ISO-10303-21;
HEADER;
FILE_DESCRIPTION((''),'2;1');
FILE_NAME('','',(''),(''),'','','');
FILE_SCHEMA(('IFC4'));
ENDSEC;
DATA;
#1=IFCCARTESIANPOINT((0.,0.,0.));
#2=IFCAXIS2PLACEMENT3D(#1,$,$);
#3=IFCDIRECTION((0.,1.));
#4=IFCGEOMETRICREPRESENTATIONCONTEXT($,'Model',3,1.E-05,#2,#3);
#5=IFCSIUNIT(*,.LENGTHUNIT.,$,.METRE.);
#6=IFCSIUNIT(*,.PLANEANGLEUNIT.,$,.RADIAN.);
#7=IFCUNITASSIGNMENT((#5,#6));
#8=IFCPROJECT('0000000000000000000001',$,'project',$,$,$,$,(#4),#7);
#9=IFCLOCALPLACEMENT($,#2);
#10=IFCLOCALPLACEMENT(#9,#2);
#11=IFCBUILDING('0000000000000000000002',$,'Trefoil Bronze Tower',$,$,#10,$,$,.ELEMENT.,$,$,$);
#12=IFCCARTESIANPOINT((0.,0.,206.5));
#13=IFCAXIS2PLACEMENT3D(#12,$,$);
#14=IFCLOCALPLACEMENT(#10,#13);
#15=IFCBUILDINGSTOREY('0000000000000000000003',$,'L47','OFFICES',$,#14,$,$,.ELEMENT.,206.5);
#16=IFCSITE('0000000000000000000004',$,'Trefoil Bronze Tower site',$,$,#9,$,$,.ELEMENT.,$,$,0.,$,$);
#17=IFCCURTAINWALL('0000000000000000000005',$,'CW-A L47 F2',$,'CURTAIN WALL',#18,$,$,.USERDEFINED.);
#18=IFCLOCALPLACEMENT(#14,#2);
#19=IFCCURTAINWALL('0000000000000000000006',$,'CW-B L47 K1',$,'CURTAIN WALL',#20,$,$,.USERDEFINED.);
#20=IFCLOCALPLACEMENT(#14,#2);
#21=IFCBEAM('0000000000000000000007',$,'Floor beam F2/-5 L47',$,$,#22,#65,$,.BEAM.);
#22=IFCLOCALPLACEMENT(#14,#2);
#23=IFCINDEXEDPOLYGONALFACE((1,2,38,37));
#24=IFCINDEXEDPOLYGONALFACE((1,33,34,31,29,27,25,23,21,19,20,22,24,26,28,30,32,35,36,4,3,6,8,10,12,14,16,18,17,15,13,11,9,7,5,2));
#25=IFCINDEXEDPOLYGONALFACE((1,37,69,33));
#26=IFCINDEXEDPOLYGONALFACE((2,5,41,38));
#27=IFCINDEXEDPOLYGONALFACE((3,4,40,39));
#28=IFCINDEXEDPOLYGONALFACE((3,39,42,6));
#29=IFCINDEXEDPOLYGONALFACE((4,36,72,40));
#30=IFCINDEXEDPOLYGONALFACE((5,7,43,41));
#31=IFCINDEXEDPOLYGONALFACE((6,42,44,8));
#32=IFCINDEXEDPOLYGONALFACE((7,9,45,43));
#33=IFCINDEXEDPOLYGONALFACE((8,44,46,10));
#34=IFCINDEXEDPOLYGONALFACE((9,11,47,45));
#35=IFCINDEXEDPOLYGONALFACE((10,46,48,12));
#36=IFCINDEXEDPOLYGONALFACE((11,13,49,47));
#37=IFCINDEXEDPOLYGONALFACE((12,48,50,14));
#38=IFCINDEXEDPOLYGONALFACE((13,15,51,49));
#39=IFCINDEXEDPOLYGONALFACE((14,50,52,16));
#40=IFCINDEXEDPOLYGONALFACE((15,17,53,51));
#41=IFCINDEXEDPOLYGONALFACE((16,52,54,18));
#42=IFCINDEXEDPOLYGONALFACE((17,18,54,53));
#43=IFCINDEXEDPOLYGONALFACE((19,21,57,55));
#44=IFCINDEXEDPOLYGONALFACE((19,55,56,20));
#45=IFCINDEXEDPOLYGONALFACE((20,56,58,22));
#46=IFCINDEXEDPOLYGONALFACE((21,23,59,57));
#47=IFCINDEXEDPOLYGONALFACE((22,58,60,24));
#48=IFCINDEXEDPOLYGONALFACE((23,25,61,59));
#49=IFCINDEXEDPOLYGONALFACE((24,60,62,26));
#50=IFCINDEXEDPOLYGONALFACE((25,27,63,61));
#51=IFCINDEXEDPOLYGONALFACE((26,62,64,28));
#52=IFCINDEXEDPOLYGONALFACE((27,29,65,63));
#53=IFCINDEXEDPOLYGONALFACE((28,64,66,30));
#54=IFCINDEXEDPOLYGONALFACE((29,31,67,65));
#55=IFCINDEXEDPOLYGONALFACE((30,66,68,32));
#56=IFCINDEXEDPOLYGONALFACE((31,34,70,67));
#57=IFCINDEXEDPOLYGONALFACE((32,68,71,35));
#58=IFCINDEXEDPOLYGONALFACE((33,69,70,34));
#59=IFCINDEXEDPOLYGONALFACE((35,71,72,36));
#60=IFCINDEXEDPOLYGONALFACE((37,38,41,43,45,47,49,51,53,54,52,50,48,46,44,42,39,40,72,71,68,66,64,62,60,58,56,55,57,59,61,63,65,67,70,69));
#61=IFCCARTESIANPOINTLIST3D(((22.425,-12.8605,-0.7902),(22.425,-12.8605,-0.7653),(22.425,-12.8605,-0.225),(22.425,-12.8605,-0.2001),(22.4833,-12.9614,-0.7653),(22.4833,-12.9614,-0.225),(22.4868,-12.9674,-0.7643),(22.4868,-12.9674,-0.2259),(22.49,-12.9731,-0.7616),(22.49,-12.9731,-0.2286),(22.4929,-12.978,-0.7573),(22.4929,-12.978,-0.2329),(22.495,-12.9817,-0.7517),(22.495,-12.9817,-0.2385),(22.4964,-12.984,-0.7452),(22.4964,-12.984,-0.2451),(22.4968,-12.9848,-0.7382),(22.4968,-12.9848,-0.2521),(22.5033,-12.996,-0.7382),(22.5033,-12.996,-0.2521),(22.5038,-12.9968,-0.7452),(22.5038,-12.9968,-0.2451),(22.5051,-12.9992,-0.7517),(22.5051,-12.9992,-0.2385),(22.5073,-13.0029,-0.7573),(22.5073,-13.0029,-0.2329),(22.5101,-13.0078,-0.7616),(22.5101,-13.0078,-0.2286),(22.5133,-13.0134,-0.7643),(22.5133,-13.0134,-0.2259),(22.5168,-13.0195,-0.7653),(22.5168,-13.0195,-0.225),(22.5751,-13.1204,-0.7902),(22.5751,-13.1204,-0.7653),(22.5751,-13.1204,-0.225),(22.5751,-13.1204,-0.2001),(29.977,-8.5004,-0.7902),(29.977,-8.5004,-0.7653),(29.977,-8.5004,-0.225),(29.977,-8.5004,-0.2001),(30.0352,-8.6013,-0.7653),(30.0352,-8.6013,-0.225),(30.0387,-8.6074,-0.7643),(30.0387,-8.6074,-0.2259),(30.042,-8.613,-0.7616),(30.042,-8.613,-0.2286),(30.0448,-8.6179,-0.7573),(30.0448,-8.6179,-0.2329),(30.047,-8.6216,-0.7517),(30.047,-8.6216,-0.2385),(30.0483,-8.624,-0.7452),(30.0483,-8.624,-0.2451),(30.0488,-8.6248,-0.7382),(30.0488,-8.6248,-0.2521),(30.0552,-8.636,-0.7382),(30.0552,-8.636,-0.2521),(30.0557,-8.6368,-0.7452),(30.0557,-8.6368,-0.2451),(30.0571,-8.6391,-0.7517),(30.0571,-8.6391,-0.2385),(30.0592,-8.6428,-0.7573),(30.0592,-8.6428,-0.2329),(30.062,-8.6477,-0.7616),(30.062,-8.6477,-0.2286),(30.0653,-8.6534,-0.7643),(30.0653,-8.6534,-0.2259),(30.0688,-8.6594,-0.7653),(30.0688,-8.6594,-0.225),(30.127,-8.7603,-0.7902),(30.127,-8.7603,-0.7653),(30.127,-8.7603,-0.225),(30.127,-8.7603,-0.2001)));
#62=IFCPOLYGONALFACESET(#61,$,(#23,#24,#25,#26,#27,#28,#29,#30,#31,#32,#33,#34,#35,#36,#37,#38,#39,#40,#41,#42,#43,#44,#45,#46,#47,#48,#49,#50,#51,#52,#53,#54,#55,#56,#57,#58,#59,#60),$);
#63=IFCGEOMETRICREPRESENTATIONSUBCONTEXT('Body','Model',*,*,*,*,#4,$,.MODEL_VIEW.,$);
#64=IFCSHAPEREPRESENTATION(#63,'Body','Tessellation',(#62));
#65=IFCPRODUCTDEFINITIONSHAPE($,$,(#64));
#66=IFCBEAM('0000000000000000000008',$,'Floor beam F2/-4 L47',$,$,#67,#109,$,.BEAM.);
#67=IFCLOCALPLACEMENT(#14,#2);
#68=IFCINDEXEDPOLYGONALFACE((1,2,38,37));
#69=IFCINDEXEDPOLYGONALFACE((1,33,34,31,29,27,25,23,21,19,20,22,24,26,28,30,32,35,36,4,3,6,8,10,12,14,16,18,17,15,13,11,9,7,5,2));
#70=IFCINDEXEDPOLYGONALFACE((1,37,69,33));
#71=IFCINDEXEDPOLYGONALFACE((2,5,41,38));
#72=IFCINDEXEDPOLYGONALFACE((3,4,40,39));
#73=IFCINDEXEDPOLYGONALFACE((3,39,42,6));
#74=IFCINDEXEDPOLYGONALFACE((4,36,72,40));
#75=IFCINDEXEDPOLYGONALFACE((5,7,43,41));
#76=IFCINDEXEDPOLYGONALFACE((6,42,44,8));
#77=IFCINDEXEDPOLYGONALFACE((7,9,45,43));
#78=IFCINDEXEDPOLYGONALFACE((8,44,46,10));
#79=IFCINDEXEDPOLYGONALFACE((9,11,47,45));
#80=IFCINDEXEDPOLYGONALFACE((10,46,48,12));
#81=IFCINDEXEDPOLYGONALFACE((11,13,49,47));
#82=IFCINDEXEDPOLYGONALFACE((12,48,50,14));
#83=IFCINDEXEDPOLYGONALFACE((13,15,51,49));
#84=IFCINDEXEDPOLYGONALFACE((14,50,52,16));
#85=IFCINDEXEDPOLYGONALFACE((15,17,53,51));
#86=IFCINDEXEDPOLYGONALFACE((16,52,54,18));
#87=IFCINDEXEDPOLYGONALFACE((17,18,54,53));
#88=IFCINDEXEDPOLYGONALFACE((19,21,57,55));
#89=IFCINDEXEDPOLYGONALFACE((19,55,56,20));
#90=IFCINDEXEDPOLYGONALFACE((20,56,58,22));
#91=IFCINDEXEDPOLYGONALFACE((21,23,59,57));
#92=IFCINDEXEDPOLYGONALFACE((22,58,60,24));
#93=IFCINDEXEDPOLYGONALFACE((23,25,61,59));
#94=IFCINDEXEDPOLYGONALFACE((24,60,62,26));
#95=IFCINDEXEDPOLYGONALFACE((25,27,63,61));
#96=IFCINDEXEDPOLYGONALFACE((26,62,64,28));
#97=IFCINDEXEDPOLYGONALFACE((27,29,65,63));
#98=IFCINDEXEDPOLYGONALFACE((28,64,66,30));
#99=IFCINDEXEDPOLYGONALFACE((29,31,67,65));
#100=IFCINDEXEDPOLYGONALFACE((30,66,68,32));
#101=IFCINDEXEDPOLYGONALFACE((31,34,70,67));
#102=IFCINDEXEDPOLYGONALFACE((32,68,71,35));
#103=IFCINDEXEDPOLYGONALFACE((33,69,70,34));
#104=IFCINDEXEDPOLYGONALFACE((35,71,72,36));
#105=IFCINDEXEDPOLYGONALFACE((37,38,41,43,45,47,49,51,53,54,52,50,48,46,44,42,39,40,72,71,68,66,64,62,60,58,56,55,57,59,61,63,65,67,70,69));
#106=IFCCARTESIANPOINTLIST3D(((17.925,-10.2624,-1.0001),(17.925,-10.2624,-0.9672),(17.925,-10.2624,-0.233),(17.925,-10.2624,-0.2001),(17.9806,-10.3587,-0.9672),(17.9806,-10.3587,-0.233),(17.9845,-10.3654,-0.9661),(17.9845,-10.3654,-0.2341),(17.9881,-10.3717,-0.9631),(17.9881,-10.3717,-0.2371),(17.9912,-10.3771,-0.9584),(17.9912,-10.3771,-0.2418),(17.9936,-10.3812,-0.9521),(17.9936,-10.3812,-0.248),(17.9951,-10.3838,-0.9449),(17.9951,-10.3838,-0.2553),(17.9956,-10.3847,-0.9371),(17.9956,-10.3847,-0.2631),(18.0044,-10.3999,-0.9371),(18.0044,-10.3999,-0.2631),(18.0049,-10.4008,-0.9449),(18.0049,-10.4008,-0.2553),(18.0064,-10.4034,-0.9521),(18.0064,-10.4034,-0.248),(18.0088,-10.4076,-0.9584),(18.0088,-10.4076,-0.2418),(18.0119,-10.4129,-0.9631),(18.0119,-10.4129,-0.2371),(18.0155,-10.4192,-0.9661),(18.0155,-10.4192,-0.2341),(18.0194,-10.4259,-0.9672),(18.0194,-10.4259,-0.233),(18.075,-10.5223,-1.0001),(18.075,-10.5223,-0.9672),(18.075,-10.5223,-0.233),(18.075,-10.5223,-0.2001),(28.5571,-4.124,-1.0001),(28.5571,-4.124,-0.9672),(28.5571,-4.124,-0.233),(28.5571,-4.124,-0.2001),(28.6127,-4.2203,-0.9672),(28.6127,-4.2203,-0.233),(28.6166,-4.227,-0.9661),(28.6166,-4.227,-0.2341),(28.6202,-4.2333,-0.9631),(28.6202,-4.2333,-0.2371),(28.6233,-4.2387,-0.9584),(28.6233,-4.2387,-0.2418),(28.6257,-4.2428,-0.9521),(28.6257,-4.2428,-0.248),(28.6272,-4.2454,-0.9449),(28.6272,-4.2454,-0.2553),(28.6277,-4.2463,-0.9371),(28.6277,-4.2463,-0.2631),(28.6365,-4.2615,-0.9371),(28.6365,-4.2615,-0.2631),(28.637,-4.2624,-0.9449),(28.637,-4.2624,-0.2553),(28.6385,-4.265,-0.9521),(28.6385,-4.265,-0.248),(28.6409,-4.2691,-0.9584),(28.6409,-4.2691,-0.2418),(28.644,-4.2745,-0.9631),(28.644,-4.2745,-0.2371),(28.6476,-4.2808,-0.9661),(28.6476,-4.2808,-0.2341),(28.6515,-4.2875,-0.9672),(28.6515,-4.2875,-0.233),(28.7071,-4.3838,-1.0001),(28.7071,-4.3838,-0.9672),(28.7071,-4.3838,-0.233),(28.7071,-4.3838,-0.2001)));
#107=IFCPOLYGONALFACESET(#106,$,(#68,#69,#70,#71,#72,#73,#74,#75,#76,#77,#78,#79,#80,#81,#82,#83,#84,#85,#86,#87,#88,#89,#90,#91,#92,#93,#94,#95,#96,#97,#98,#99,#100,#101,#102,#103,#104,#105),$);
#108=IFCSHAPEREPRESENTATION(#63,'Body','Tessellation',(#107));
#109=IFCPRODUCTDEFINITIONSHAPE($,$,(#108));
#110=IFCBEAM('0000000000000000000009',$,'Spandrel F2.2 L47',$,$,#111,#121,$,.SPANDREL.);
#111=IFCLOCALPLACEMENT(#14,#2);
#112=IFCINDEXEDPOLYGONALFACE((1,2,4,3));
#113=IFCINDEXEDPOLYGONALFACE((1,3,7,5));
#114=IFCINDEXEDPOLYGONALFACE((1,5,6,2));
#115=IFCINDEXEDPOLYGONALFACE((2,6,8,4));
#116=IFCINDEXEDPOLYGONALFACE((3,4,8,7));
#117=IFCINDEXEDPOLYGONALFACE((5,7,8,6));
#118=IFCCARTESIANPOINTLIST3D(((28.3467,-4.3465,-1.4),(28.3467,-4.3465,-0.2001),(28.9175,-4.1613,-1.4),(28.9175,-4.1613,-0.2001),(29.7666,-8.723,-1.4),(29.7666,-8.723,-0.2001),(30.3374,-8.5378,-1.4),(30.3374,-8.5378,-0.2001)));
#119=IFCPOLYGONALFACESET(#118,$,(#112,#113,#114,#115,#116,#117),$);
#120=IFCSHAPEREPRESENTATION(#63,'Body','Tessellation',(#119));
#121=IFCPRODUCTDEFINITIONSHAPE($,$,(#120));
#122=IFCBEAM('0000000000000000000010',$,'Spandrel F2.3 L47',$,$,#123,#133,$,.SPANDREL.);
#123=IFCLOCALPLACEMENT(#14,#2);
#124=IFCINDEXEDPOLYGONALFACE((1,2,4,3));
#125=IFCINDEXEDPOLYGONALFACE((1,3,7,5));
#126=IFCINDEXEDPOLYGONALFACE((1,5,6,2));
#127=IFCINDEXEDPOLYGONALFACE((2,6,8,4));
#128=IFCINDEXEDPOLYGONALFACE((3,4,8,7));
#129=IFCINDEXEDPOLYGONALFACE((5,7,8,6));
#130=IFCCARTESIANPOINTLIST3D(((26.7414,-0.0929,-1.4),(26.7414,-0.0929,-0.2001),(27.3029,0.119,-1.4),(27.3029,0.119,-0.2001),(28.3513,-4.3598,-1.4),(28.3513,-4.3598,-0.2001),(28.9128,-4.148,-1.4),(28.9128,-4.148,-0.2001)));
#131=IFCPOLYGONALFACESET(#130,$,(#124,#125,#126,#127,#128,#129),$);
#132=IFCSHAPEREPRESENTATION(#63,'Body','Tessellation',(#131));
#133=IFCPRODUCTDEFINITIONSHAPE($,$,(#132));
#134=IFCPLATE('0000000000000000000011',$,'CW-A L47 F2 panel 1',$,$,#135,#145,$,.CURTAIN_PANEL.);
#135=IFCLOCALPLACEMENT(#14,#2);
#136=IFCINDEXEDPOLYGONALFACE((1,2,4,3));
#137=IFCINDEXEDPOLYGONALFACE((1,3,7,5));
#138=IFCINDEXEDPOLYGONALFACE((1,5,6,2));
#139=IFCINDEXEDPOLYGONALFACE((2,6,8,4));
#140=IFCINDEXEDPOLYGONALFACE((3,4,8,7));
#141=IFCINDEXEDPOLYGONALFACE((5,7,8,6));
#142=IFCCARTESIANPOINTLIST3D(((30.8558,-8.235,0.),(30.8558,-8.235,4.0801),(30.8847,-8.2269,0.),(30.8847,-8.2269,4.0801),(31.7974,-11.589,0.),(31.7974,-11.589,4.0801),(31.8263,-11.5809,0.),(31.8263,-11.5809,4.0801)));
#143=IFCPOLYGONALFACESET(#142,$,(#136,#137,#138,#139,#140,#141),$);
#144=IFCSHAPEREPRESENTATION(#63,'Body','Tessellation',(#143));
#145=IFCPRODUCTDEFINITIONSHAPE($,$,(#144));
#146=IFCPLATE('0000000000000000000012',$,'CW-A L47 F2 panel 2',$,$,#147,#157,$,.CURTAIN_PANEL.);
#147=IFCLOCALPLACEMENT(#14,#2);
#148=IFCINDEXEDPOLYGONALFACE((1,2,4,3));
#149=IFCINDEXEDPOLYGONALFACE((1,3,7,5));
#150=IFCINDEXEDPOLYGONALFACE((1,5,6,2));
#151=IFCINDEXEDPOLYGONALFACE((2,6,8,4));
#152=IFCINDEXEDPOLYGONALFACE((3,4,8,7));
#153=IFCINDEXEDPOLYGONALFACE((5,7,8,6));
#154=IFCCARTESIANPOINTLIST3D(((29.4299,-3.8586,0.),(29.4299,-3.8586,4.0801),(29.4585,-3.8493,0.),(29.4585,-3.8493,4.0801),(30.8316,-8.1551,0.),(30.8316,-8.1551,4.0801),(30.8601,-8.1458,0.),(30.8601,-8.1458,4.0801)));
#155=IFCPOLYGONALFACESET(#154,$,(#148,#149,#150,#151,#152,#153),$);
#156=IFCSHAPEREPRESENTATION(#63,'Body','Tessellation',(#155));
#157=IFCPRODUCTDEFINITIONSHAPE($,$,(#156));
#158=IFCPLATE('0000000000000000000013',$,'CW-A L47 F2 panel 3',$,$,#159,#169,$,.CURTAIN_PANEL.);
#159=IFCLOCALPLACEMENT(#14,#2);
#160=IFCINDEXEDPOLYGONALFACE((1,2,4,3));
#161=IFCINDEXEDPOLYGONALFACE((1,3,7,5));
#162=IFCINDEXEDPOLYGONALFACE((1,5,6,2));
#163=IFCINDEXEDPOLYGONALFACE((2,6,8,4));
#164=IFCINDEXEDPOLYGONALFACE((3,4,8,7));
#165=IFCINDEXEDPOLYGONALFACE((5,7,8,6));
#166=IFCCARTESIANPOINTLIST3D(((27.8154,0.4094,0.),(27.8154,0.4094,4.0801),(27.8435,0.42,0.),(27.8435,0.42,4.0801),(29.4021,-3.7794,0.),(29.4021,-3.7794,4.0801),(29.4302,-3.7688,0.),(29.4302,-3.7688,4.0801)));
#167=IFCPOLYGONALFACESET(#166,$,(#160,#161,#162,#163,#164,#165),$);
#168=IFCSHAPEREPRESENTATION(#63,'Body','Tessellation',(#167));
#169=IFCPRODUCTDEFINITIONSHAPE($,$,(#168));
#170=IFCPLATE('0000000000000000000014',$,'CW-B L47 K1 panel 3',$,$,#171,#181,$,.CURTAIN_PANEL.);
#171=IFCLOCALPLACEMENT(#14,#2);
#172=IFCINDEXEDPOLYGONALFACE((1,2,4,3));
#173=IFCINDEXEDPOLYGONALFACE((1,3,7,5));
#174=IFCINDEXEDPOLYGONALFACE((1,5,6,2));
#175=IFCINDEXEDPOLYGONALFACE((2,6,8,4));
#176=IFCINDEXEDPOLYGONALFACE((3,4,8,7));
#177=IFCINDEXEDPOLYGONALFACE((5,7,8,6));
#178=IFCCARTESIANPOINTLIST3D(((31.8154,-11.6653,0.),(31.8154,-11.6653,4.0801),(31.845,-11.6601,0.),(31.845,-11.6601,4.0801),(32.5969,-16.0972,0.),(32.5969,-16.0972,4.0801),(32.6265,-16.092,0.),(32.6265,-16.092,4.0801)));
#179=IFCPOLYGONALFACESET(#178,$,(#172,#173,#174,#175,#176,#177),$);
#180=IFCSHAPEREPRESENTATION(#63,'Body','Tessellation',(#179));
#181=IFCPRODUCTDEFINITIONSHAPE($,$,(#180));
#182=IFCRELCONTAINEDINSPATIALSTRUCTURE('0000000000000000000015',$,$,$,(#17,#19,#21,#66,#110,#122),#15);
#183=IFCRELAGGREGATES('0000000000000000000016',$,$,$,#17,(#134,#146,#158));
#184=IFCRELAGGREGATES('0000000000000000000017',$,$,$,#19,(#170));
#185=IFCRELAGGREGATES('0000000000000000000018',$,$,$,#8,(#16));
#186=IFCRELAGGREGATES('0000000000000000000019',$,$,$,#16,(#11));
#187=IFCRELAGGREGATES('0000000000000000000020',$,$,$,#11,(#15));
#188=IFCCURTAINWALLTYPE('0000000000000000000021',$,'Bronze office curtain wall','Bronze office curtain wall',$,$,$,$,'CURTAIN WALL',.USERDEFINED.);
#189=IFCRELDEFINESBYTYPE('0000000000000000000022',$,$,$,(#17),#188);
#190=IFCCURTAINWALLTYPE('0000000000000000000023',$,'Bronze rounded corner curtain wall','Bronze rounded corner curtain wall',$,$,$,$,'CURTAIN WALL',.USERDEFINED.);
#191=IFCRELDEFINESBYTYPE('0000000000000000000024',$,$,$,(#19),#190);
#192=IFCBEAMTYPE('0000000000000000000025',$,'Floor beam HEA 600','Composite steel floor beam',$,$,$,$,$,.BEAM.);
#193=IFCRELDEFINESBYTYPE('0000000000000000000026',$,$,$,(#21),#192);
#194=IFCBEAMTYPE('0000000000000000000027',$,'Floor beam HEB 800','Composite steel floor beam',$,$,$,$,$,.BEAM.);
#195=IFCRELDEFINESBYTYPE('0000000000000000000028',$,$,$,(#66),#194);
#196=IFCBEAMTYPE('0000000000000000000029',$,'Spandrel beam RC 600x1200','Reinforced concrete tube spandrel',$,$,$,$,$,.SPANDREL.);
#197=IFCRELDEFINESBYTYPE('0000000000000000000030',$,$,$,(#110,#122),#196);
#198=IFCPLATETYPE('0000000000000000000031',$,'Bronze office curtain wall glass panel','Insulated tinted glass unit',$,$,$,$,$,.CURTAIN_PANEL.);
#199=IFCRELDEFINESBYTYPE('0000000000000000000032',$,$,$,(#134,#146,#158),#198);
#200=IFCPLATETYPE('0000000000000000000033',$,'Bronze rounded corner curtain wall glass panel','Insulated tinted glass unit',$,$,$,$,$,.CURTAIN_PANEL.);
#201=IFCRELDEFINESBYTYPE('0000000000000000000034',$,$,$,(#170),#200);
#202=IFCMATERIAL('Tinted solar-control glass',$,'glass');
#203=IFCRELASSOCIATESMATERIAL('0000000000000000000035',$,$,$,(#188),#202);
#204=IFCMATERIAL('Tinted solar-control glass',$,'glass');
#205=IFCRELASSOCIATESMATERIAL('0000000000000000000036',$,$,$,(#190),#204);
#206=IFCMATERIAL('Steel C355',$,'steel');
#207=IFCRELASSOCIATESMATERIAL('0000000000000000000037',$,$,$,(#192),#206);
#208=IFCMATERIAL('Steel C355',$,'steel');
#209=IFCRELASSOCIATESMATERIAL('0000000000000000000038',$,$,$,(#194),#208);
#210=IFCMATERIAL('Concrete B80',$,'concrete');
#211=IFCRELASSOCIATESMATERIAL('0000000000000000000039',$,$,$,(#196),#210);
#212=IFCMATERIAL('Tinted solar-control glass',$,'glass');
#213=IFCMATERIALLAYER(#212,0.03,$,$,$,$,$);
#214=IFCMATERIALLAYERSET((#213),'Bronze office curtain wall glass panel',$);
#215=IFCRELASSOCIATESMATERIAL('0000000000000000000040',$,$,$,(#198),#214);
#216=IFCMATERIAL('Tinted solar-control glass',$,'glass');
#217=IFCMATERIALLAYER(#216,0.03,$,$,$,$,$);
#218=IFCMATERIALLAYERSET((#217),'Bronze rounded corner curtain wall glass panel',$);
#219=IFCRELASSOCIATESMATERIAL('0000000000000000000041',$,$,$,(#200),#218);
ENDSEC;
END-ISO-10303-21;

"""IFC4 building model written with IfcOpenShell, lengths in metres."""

from ifc_helpers import new_model, si_unit, direction, frame, origin, origin_2d, place, context, subcontext, project, spatial, rectangle, i_section, extrude, material, layer, layer_set, material_profile, profile_set, type_object, element, aggregate, save


model = new_model("IFC4")

# Units and contexts
model_context = context("Model", 3, precision=1e-05, world=origin(), true_north=direction((0.0, 1.0)))
body_context = subcontext(model_context, "Body", "Model", "MODEL_VIEW")
ifc_project = project(units=[si_unit("LENGTHUNIT", "METRE"), si_unit("PLANEANGLEUNIT", "RADIAN")], contexts=[model_context])

# Site, building, storey
site_placement = place(None, origin())
site = spatial("IfcSite", under=ifc_project, at=site_placement, Name="Trefoil Bronze Tower site", CompositionType="ELEMENT", RefElevation=0.0)
building_placement = place(site_placement, origin())
building = spatial("IfcBuilding", under=site, at=building_placement, Name="Trefoil Bronze Tower", CompositionType="ELEMENT")
storey_placement = place(building_placement, frame((0.0, 0.0, 206.5)))
storey = spatial("IfcBuildingStorey", under=building, at=storey_placement, Name="L47", Description="OFFICES", CompositionType="ELEMENT", Elevation=206.5)

# Curtain walls
ifc_material_1 = material(Name="Tinted solar-control glass", Category="glass")
curtain_wall_type_1 = type_object("IfcCurtainWallType", Name="Bronze office curtain wall", Description="Bronze office curtain wall", ElementType="CURTAIN WALL", PredefinedType="USERDEFINED", material=ifc_material_1)
curtain_wall_1_placement = place(storey_placement, origin())
curtain_wall_1 = element("IfcCurtainWall", 1, at=curtain_wall_1_placement, inside=storey, type_object=curtain_wall_type_1, Name="CW-A L47 F2", ObjectType="CURTAIN WALL", PredefinedType="USERDEFINED")
ifc_material_2 = material(Name="Tinted solar-control glass", Category="glass")
curtain_wall_type_2 = type_object("IfcCurtainWallType", Name="Bronze rounded corner curtain wall", Description="Bronze rounded corner curtain wall", ElementType="CURTAIN WALL", PredefinedType="USERDEFINED", material=ifc_material_2)
curtain_wall_2_placement = place(storey_placement, origin())
curtain_wall_2 = element("IfcCurtainWall", 2, at=curtain_wall_2_placement, inside=storey, type_object=curtain_wall_type_2, Name="CW-B L47 K1", ObjectType="CURTAIN WALL", PredefinedType="USERDEFINED")

# Beams
ifc_material_3 = material(Name="Steel C355", Category="steel")
ifc_material_profile_1 = material_profile(ifc_material_3, i_section(OverallWidth=0.3, OverallDepth=0.5901, WebThickness=0.0129, FlangeThickness=0.0249, FilletRadius=0.0271, at=origin_2d()), Name="HEA 600")
ifc_profile_set_1 = profile_set([ifc_material_profile_1], Name="Steel C355")
beam_type_1 = type_object("IfcBeamType", Name="Floor beam HEA 600", Description="Composite steel floor beam", PredefinedType="BEAM", material=ifc_profile_set_1)
beam_1_placement = place(storey_placement, frame((30.052, -8.6304, -0.4951), z_axis=(-0.866028, -0.499996, 0.0), x_axis=(0.499996, -0.866028, 0.0)))
element("IfcBeam", 3, at=beam_1_placement, inside=storey, type_object=beam_type_1, Name="Floor beam F2/-5 L47", PredefinedType="BEAM", context=body_context, shape_type="SweptSolid", body=[
    extrude(i_section(OverallWidth=0.3, OverallDepth=0.5901, WebThickness=0.0129, FlangeThickness=0.0249, FilletRadius=0.0271, at=origin_2d()), origin(), (0.0, 0.0, 1.0), 8.7202),
])
ifc_material_4 = material(Name="Steel C355", Category="steel")
ifc_material_profile_2 = material_profile(ifc_material_4, i_section(OverallWidth=0.3, OverallDepth=0.8, WebThickness=0.0176, FlangeThickness=0.033, FilletRadius=0.03, at=origin_2d()), Name="HEB 800")
ifc_profile_set_2 = profile_set([ifc_material_profile_2], Name="Steel C355")
beam_type_2 = type_object("IfcBeamType", Name="Floor beam HEB 800", Description="Composite steel floor beam", PredefinedType="BEAM", material=ifc_profile_set_2)
beam_2_placement = place(storey_placement, frame((28.6321, -4.2539, -0.6001), z_axis=(-0.866026, -0.5, 0.0), x_axis=(0.5, -0.866026, 0.0)))
element("IfcBeam", 4, at=beam_2_placement, inside=storey, type_object=beam_type_2, Name="Floor beam F2/-4 L47", PredefinedType="BEAM", context=body_context, shape_type="SweptSolid", body=[
    extrude(i_section(OverallWidth=0.3, OverallDepth=0.8, WebThickness=0.0176, FlangeThickness=0.033, FilletRadius=0.03, at=origin_2d()), origin(), (0.0, 0.0, 1.0), 12.2769),
])
ifc_material_5 = material(Name="Concrete B80", Category="concrete")
ifc_material_profile_3 = material_profile(ifc_material_5, rectangle(XDim=0.6001, YDim=1.2, at=origin_2d()), Name="RC 600x1200")
ifc_profile_set_3 = profile_set([ifc_material_profile_3], Name="Concrete B80")
beam_type_3 = type_object("IfcBeamType", Name="Spandrel beam RC 600x1200", Description="Reinforced concrete tube spandrel", PredefinedType="SPANDREL", material=ifc_profile_set_3)
beam_3_placement = place(storey_placement, frame((30.052, -8.6304, -0.8), z_axis=(-0.308609, 0.951189, 0.0), x_axis=(-0.951189, -0.308609, 0.0)))
element("IfcBeam", 5, at=beam_3_placement, inside=storey, type_object=beam_type_3, Name="Spandrel F2.2 L47", PredefinedType="SPANDREL", context=body_context, shape_type="SweptSolid", body=[
    extrude(rectangle(XDim=0.6001, YDim=1.2, at=origin_2d()), origin(), (0.0, 0.0, 1.0), 4.6011),
])
beam_4_placement = place(storey_placement, frame((28.6321, -4.2539, -0.8), z_axis=(-0.353006, 0.935621, 0.0), x_axis=(-0.935621, -0.353006, 0.0)))
element("IfcBeam", 6, at=beam_4_placement, inside=storey, type_object=beam_type_3, Name="Spandrel F2.3 L47", PredefinedType="SPANDREL", context=body_context, shape_type="SweptSolid", body=[
    extrude(rectangle(XDim=0.6001, YDim=1.2, at=origin_2d()), origin(), (0.0, 0.0, 1.0), 4.5605),
])

# Plates
ifc_material_6 = material(Name="Tinted solar-control glass", Category="glass")
ifc_layer_1 = layer(ifc_material_6, 0.03)
ifc_layer_set_1 = layer_set([ifc_layer_1], Name="Bronze office curtain wall glass panel")
plate_type_1 = type_object("IfcPlateType", Name="Bronze office curtain wall glass panel", Description="Insulated tinted glass unit", PredefinedType="CURTAIN_PANEL", material=ifc_layer_set_1)
plate_1_placement = place(storey_placement, frame((31.3411, -9.908, 0.0), z_axis=(0.0, 0.0, 1.0), x_axis=(-0.270282, 0.962781, 0.0)))
plate_1 = element("IfcPlate", 7, at=plate_1_placement, type_object=plate_type_1, Name="CW-A L47 F2 panel 1", PredefinedType="CURTAIN_PANEL", context=body_context, shape_type="SweptSolid", body=[
    extrude(rectangle(XDim=3.4836, YDim=0.03, at=origin_2d()), origin(), (0.0, 0.0, 1.0), 4.0801),
])
plate_2_placement = place(storey_placement, frame((30.145, -6.0022, 0.0), z_axis=(0.0, 0.0, 1.0), x_axis=(-0.310149, 0.950688, 0.0)))
plate_2 = element("IfcPlate", 8, at=plate_2_placement, type_object=plate_type_1, Name="CW-A L47 F2 panel 2", PredefinedType="CURTAIN_PANEL", context=body_context, shape_type="SweptSolid", body=[
    extrude(rectangle(XDim=4.5193, YDim=0.03, at=origin_2d()), origin(), (0.0, 0.0, 1.0), 4.0801),
])
plate_3_placement = place(storey_placement, frame((28.6228, -1.6797, 0.0), z_axis=(0.0, 0.0, 1.0), x_axis=(-0.354234, 0.935157, 0.0)))
plate_3 = element("IfcPlate", 9, at=plate_3_placement, type_object=plate_type_1, Name="CW-A L47 F2 panel 3", PredefinedType="CURTAIN_PANEL", context=body_context, shape_type="SweptSolid", body=[
    extrude(rectangle(XDim=4.4792, YDim=0.03, at=origin_2d()), origin(), (0.0, 0.0, 1.0), 4.0801),
])
aggregate(curtain_wall_1, [plate_1, plate_2, plate_3])
ifc_material_7 = material(Name="Tinted solar-control glass", Category="glass")
ifc_layer_2 = layer(ifc_material_7, 0.03)
ifc_layer_set_2 = layer_set([ifc_layer_2], Name="Bronze rounded corner curtain wall glass panel")
plate_type_2 = type_object("IfcPlateType", Name="Bronze rounded corner curtain wall glass panel", Description="Insulated tinted glass unit", PredefinedType="CURTAIN_PANEL", material=ifc_layer_set_2)
plate_4_placement = place(storey_placement, frame((32.2209, -13.8787, 0.0), z_axis=(0.0, 0.0, 1.0), x_axis=(-0.173648, 0.984808, 0.0)))
plate_4 = element("IfcPlate", 10, at=plate_4_placement, type_object=plate_type_2, Name="CW-B L47 K1 panel 3", PredefinedType="CURTAIN_PANEL", context=body_context, shape_type="SweptSolid", body=[
    extrude(rectangle(XDim=4.5002, YDim=0.03, at=origin_2d()), origin(), (0.0, 0.0, 1.0), 4.0801),
])
aggregate(curtain_wall_2, [plate_4])

save(model, "model.ifc")
